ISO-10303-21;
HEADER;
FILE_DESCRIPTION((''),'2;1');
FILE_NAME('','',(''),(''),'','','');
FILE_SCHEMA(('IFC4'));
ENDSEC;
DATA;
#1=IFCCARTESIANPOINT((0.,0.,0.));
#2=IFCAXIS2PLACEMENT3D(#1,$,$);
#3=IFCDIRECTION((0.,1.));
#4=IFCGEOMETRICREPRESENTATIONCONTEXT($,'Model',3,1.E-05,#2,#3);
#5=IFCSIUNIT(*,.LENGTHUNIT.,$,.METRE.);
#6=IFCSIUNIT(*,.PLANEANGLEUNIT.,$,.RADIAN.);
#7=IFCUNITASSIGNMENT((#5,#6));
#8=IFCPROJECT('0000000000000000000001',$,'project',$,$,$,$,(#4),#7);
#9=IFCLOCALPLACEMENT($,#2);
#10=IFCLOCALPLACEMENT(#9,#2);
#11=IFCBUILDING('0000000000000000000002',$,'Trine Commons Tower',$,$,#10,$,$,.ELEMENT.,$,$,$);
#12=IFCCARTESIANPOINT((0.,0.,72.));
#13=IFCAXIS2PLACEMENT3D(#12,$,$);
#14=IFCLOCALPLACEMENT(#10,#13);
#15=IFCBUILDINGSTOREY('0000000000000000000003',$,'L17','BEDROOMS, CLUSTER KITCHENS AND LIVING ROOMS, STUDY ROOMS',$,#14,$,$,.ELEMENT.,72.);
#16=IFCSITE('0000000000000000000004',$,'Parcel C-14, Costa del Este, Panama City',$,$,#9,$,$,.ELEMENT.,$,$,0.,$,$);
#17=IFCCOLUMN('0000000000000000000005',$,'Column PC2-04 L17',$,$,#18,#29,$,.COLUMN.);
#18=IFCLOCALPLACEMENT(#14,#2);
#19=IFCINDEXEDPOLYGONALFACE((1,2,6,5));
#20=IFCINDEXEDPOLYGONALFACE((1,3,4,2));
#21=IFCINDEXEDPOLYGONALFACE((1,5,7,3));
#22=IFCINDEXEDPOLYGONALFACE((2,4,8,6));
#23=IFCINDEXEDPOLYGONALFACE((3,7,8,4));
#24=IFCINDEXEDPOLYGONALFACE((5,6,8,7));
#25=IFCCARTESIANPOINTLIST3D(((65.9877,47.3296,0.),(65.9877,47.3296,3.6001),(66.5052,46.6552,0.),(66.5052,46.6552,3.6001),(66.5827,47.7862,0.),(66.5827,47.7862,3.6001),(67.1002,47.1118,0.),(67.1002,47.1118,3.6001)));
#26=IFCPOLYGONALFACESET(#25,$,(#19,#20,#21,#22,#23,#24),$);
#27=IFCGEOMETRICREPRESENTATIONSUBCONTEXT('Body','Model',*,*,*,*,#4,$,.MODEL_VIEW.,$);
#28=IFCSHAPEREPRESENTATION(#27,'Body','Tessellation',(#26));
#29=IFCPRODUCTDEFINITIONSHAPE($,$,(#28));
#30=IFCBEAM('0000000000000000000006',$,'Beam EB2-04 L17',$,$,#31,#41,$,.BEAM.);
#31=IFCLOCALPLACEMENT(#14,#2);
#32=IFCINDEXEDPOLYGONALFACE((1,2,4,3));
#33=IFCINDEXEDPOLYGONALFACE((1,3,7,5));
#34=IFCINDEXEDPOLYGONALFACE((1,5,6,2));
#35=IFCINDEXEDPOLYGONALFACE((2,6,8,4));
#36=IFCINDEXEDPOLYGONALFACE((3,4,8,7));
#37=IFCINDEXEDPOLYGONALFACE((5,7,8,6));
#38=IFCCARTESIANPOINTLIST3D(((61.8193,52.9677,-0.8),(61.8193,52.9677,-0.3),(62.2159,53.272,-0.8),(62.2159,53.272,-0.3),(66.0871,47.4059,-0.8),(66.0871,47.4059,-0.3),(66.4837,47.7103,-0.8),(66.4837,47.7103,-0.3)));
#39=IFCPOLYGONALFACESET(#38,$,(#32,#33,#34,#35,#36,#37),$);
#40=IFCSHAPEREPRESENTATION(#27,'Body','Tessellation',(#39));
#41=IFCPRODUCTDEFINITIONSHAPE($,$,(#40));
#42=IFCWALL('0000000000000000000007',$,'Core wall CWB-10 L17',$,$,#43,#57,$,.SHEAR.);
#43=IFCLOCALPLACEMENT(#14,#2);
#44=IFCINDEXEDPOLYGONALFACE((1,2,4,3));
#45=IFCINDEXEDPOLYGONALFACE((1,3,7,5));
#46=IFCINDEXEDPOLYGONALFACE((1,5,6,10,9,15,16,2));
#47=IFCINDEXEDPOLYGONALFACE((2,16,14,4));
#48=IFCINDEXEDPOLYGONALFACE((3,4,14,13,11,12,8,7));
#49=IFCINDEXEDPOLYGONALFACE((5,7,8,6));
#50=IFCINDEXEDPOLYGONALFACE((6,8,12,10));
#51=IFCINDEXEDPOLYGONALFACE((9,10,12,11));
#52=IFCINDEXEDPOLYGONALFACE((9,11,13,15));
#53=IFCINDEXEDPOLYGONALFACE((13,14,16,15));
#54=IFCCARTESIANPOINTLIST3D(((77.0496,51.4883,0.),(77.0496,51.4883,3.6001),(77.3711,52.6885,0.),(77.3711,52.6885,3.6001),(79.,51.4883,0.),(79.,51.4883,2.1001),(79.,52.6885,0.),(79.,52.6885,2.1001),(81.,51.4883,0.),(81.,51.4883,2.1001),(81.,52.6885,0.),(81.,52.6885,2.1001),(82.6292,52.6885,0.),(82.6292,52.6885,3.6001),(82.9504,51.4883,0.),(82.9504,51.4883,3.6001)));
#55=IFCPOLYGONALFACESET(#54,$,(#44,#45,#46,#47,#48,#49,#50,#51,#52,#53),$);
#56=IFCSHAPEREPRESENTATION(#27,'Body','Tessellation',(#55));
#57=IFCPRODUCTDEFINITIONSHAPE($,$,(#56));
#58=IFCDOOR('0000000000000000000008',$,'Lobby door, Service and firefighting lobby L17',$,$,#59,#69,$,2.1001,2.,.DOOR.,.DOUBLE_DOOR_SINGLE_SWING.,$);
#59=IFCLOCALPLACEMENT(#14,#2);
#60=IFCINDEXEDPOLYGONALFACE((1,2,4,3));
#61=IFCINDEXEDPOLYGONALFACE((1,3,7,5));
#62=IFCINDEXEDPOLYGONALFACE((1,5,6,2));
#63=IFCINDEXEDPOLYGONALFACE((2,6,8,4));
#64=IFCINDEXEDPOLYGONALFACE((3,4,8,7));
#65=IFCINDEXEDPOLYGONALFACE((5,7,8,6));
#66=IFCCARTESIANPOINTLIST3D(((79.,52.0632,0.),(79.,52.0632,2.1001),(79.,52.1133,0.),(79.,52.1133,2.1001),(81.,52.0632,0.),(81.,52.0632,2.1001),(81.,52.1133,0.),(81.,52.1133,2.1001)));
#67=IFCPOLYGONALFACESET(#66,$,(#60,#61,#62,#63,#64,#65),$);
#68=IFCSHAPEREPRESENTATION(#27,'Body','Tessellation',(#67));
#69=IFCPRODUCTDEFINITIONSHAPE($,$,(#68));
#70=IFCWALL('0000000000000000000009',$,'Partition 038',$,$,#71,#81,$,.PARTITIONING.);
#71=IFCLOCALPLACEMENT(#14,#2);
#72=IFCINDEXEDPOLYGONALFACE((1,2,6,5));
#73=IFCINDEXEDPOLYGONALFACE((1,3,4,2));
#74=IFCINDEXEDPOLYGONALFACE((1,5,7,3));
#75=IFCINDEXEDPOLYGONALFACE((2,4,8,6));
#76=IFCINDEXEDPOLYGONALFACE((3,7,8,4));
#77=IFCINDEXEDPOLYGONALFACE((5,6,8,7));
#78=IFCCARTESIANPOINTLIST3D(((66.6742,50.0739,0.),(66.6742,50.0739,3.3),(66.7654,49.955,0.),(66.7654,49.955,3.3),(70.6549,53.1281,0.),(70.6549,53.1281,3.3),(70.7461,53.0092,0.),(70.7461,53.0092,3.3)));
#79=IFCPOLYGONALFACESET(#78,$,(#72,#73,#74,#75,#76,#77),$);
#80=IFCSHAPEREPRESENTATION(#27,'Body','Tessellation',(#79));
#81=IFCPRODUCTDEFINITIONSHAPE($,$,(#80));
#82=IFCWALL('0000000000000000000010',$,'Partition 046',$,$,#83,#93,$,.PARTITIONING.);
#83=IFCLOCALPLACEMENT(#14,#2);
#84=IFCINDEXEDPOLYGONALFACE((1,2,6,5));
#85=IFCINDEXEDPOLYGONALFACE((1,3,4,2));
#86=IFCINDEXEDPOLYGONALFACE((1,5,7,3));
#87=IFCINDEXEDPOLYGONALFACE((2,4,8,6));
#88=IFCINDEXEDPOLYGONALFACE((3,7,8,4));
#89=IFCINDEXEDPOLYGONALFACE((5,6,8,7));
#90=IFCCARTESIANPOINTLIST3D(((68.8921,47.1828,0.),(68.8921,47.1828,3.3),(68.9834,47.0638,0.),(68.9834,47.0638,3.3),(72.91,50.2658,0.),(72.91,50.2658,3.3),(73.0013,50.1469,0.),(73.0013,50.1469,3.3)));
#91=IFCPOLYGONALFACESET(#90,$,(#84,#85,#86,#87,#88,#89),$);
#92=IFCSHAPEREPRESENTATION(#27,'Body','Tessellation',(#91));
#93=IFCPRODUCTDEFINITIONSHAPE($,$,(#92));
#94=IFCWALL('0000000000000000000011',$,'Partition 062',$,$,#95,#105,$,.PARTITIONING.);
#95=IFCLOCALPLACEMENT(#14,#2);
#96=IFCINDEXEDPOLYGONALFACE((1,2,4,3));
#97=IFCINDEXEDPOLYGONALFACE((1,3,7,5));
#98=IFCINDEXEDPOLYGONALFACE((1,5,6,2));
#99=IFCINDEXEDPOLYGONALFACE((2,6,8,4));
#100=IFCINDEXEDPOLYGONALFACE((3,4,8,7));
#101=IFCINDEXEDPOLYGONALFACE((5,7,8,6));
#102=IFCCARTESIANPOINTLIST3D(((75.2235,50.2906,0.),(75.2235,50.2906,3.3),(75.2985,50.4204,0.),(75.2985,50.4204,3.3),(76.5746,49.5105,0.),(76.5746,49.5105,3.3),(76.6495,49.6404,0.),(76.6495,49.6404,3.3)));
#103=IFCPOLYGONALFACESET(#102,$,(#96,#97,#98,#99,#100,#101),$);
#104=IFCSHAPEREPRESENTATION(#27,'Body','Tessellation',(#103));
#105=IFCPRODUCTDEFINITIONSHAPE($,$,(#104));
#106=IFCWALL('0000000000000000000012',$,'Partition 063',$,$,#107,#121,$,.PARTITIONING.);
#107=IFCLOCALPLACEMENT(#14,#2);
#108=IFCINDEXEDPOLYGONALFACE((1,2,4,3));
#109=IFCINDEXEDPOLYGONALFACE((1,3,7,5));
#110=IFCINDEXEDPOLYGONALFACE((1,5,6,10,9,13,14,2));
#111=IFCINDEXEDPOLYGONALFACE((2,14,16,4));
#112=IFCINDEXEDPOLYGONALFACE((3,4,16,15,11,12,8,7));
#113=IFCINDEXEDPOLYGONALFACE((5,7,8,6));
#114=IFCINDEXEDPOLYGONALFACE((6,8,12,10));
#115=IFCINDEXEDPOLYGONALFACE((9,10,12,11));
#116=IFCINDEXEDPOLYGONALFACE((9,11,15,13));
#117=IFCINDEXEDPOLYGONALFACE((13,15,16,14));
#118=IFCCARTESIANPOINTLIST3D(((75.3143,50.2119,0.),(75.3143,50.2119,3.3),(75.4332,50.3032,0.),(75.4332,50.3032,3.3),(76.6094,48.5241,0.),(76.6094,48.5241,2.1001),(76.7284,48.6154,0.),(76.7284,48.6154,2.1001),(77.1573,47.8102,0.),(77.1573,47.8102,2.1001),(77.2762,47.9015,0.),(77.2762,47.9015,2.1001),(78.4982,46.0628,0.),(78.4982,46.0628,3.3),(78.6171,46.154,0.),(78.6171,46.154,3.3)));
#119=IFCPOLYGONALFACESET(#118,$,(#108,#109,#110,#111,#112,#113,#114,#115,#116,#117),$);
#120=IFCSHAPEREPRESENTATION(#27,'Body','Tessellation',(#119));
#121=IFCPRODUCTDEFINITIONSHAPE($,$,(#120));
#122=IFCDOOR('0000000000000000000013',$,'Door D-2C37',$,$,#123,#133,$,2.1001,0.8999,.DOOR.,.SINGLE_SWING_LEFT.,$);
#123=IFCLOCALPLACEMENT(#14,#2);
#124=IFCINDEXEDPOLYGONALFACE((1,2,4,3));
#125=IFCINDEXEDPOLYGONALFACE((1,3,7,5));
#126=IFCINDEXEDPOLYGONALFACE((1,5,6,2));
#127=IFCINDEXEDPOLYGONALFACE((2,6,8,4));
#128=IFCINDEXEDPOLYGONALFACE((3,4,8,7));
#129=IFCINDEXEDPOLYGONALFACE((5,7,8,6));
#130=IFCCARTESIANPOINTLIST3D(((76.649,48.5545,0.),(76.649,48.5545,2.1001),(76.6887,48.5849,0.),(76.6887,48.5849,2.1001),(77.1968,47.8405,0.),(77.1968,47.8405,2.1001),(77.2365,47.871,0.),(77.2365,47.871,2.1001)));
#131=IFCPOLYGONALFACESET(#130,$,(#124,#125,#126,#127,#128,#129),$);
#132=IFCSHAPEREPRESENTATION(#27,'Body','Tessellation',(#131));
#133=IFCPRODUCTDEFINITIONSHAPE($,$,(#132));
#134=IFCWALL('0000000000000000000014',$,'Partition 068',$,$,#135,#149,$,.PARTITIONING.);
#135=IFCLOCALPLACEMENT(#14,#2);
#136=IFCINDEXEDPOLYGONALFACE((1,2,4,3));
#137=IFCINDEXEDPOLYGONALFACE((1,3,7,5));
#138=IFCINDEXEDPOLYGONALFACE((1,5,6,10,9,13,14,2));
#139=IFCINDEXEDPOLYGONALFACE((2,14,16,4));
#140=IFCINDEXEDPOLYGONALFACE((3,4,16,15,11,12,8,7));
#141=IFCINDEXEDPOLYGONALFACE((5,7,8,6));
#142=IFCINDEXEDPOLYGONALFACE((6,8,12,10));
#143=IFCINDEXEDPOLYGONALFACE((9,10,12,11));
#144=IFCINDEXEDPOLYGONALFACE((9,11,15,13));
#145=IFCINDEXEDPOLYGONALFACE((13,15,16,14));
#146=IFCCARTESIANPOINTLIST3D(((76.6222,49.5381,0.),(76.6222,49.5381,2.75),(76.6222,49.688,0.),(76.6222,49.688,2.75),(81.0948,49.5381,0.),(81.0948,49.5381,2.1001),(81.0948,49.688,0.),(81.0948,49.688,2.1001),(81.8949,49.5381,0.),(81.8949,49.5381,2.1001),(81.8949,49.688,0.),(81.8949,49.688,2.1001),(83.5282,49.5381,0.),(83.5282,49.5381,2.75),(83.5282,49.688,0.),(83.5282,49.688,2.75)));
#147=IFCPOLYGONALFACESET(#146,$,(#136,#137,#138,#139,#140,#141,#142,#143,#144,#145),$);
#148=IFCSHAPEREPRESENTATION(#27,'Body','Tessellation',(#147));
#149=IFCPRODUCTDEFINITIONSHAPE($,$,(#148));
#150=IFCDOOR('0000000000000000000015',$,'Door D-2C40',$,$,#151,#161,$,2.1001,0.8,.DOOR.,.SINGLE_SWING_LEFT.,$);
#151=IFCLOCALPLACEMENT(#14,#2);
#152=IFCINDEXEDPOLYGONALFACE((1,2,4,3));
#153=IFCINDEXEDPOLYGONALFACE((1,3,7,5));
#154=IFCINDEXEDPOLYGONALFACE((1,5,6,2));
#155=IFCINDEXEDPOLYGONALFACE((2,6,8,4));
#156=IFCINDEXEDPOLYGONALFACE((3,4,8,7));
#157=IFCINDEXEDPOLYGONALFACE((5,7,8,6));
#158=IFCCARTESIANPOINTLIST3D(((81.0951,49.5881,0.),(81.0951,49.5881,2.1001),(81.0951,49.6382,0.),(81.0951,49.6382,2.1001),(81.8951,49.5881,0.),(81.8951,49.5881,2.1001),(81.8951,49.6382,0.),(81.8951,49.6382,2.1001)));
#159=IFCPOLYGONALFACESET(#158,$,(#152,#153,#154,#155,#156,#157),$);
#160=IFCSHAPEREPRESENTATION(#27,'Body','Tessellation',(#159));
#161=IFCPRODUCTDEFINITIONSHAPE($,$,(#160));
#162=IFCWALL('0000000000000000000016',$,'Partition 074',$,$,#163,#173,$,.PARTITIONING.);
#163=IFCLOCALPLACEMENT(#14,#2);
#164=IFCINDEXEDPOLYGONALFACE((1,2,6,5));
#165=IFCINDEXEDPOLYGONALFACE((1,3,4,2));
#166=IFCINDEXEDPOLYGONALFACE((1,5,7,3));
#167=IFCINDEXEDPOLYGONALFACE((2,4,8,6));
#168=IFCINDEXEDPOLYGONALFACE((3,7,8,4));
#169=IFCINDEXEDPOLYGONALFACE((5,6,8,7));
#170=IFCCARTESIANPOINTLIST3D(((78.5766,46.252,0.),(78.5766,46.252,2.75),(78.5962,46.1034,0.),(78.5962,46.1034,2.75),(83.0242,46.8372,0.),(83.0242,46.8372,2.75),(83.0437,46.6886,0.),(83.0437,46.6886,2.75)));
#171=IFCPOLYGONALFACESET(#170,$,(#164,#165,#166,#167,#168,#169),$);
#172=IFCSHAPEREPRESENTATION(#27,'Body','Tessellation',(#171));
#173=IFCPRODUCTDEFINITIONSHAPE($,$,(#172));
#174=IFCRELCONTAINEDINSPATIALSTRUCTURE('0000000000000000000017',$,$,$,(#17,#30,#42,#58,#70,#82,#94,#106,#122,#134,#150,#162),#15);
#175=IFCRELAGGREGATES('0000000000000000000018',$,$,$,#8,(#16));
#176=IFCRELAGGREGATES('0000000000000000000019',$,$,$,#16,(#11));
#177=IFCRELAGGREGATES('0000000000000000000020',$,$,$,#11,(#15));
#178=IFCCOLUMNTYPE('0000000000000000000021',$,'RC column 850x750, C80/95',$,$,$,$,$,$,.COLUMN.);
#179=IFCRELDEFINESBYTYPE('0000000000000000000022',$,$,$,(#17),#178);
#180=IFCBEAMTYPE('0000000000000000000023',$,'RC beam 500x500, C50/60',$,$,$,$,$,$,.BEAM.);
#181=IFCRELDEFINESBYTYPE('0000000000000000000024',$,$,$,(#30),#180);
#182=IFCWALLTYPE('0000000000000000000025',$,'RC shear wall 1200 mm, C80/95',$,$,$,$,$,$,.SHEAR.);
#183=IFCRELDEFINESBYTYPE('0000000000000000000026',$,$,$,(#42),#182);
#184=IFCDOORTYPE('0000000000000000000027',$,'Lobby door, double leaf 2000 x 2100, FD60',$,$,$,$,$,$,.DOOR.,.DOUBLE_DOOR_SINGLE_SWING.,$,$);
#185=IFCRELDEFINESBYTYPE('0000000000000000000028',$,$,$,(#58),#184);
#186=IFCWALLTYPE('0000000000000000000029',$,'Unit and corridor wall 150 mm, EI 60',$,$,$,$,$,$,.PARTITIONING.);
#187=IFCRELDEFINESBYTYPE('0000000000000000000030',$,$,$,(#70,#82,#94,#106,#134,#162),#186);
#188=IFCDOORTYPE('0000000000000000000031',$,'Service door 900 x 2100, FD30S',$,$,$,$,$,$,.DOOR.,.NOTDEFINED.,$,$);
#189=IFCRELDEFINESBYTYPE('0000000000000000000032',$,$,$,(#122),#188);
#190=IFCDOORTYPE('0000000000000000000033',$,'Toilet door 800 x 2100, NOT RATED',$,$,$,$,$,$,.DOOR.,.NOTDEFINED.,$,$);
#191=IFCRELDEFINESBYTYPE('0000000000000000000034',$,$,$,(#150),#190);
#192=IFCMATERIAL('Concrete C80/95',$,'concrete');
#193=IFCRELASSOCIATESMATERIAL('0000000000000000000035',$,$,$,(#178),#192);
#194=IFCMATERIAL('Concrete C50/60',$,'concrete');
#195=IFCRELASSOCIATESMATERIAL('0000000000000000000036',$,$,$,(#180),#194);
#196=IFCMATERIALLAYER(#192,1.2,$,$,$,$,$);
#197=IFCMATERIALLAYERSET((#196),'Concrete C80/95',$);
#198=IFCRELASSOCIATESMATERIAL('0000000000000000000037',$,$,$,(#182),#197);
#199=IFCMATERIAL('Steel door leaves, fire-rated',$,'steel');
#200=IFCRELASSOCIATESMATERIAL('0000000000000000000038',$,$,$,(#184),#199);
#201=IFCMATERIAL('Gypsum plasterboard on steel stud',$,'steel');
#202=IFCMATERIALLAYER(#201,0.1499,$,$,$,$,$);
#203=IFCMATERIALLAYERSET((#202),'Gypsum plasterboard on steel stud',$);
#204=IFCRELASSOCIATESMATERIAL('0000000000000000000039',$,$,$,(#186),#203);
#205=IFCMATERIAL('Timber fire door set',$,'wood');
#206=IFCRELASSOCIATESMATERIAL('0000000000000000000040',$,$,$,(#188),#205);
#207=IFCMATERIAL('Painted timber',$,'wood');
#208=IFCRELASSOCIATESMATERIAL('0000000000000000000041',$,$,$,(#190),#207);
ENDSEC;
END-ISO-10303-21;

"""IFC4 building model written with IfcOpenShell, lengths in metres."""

from ifc_helpers import new_model, si_unit, direction, frame, frame_2d, origin, origin_2d, place, context, subcontext, project, spatial, polyline, rectangle, outline, extrude, material, layer, layer_set, material_profile, profile_set, type_object, element, fill, save


model = new_model("IFC4")

# Units and contexts
model_context = context("Model", 3, precision=1e-05, world=origin(), true_north=direction((0.0, 1.0)))
body_context = subcontext(model_context, "Body", "Model", "MODEL_VIEW")
ifc_project = project(units=[si_unit("LENGTHUNIT", "METRE"), si_unit("PLANEANGLEUNIT", "RADIAN")], contexts=[model_context])

# Site, building, storey
site_placement = place(None, origin())
site = spatial("IfcSite", under=ifc_project, at=site_placement, Name="Parcel C-14, Costa del Este, Panama City", CompositionType="ELEMENT", RefElevation=0.0)
building_placement = place(site_placement, origin())
building = spatial("IfcBuilding", under=site, at=building_placement, Name="Trine Commons Tower", CompositionType="ELEMENT")
storey_placement = place(building_placement, frame((0.0, 0.0, 72.0)))
storey = spatial("IfcBuildingStorey", under=building, at=storey_placement, Name="L17", Description="BEDROOMS, CLUSTER KITCHENS AND LIVING ROOMS, STUDY ROOMS", CompositionType="ELEMENT", Elevation=72.0)

# Column
ifc_material_1 = material(Name="Concrete C80/95", Category="concrete")
ifc_material_profile_1 = material_profile(ifc_material_1, rectangle(XDim=0.8501, YDim=0.75, at=origin_2d()), Name="RC 850x750")
ifc_profile_set_1 = profile_set([ifc_material_profile_1], Name="Concrete C80/95")
column_type = type_object("IfcColumnType", Name="RC column 850x750, C80/95", PredefinedType="COLUMN", material=ifc_profile_set_1)
column_placement = place(storey_placement, frame((66.5439, 47.2207, 0.0), z_axis=(0.0, 0.0, 1.0), x_axis=(-0.608761, 0.793353, 0.0)))
element("IfcColumn", 1, at=column_placement, inside=storey, type_object=column_type, Name="Column PC2-04 L17", PredefinedType="COLUMN", context=body_context, shape_type="SweptSolid", body=[
    extrude(rectangle(XDim=0.8501, YDim=0.75, at=origin_2d()), origin(), (0.0, 0.0, 1.0), 3.6001),
])

# Beam
ifc_material_2 = material(Name="Concrete C50/60", Category="concrete")
ifc_material_profile_2 = material_profile(ifc_material_2, rectangle(XDim=0.5, YDim=0.5, at=origin_2d()), Name="RC 500x500")
ifc_profile_set_2 = profile_set([ifc_material_profile_2], Name="Concrete C50/60")
beam_type = type_object("IfcBeamType", Name="RC beam 500x500, C50/60", PredefinedType="BEAM", material=ifc_profile_set_2)
beam_placement = place(storey_placement, frame((66.2854, 47.5581, -0.55), z_axis=(-0.608773, 0.793345, 0.0), x_axis=(-0.793345, -0.608773, 0.0)))
element("IfcBeam", 2, at=beam_placement, inside=storey, type_object=beam_type, Name="Beam EB2-04 L17", PredefinedType="BEAM", context=body_context, shape_type="SweptSolid", body=[
    extrude(rectangle(XDim=0.5, YDim=0.5, at=origin_2d()), origin(), (0.0, 0.0, 1.0), 7.0105),
])

# Wall, opening, door
ifc_layer_1 = layer(ifc_material_1, 1.2)
ifc_layer_set_1 = layer_set([ifc_layer_1], Name="Concrete C80/95")
wall_type_1 = type_object("IfcWallType", Name="RC shear wall 1200 mm, C80/95", PredefinedType="SHEAR", material=ifc_layer_set_1)
wall_1_placement = place(storey_placement, frame((77.0496, 52.0884, 0.0), z_axis=(0.0, 0.0, 1.0), x_axis=(1.0, 0.0, 0.0)))
wall_1 = element("IfcWall", 3, at=wall_1_placement, inside=storey, type_object=wall_type_1, Name="Core wall CWB-10 L17", PredefinedType="SHEAR", context=body_context, shape_type="SweptSolid", body=[
    extrude(outline(polyline([(0.0, -0.6001), (5.9009, -0.6001), (5.5796, 0.6001), (0.3215, 0.6001), (0.0, -0.6001)])), origin(), (0.0, 0.0, 1.0), 3.6001),
])
opening_1_placement = place(wall_1_placement, frame((1.9504, 0.0, 0.0)))
opening_1 = element("IfcOpeningElement", 4, at=opening_1_placement, cuts=wall_1, PredefinedType="OPENING", context=body_context, shape_type="SweptSolid", body=[
    extrude(rectangle(XDim=2.0, YDim=2.1001, at=frame_2d((1.0, 1.05))), frame((0.0, 0.6099, 0.0), z_axis=(0.0, -1.0, 0.0), x_axis=(1.0, 0.0, 0.0)), (0.0, 0.0, 1.0), 1.22),
])
ifc_material_3 = material(Name="Steel door leaves, fire-rated", Category="steel")
door_type_1 = type_object("IfcDoorType", Name="Lobby door, double leaf 2000 x 2100, FD60", OperationType="DOUBLE_DOOR_SINGLE_SWING", PredefinedType="DOOR", material=ifc_material_3)
door_1_placement = place(opening_1_placement, origin())
door_1 = element("IfcDoor", 5, at=door_1_placement, inside=storey, type_object=door_type_1, Name="Lobby door, Service and firefighting lobby L17", OperationType="DOUBLE_DOOR_SINGLE_SWING", OverallHeight=2.1001, OverallWidth=2.0, PredefinedType="DOOR", context=body_context, shape_type="SweptSolid", body=[
    extrude(rectangle(XDim=2.0, YDim=2.1001, at=frame_2d((1.0, 1.05))), frame((0.0, 0.0249, 0.0), z_axis=(0.0, -1.0, 0.0), x_axis=(1.0, 0.0, 0.0)), (0.0, 0.0, 1.0), 0.05),
])
fill(opening_1, door_1)

# Walls
ifc_material_4 = material(Name="Gypsum plasterboard on steel stud", Category="steel")
ifc_layer_2 = layer(ifc_material_4, 0.1499)
ifc_layer_set_2 = layer_set([ifc_layer_2], Name="Gypsum plasterboard on steel stud")
wall_type_2 = type_object("IfcWallType", Name="Unit and corridor wall 150 mm, EI 60", PredefinedType="PARTITIONING", material=ifc_layer_set_2)
wall_2_placement = place(storey_placement, frame((66.7197, 50.0144, 0.0), z_axis=(0.0, 0.0, 1.0), x_axis=(0.793383, 0.608723, 0.0)))
element("IfcWall", 6, at=wall_2_placement, inside=storey, type_object=wall_type_2, Name="Partition 038", PredefinedType="PARTITIONING", context=body_context, shape_type="SweptSolid", body=[
    extrude(rectangle(XDim=5.0173, YDim=0.1499, at=frame_2d((2.5088, 0.0))), origin(), (0.0, 0.0, 1.0), 3.3),
])
wall_3_placement = place(storey_placement, frame((68.9377, 47.1233, 0.0), z_axis=(0.0, 0.0, 1.0), x_axis=(0.793351, 0.608764, 0.0)))
element("IfcWall", 7, at=wall_3_placement, inside=storey, type_object=wall_type_2, Name="Partition 046", PredefinedType="PARTITIONING", context=body_context, shape_type="SweptSolid", body=[
    extrude(rectangle(XDim=5.0645, YDim=0.1499, at=frame_2d((2.5322, 0.0))), origin(), (0.0, 0.0, 1.0), 3.3),
])
wall_4_placement = place(storey_placement, frame((75.261, 50.3555, 0.0), z_axis=(0.0, 0.0, 1.0), x_axis=(0.866029, -0.499993, 0.0)))
element("IfcWall", 8, at=wall_4_placement, inside=storey, type_object=wall_type_2, Name="Partition 062", PredefinedType="PARTITIONING", context=body_context, shape_type="SweptSolid", body=[
    extrude(rectangle(XDim=1.5601, YDim=0.1499, at=frame_2d((0.78, 0.0))), origin(), (0.0, 0.0, 1.0), 3.3),
])

# Walls, openings, doors
wall_5_placement = place(storey_placement, frame((75.3738, 50.2576, 0.0), z_axis=(0.0, 0.0, 1.0), x_axis=(0.60877, -0.793347, 0.0)))
wall_5 = element("IfcWall", 9, at=wall_5_placement, inside=storey, type_object=wall_type_2, Name="Partition 063", PredefinedType="PARTITIONING", context=body_context, shape_type="SweptSolid", body=[
    extrude(rectangle(XDim=5.23, YDim=0.1499, at=frame_2d((2.615, 0.0))), origin(), (0.0, 0.0, 1.0), 3.3),
])
opening_2_placement = place(wall_5_placement, frame((2.1274, 0.0, 0.0)))
opening_2 = element("IfcOpeningElement", 10, at=opening_2_placement, cuts=wall_5, PredefinedType="OPENING", context=body_context, shape_type="SweptSolid", body=[
    extrude(rectangle(XDim=0.8999, YDim=2.1001, at=frame_2d((0.45, 1.05))), frame((0.0, 0.085, 0.0), z_axis=(0.0, -1.0, 0.0), x_axis=(1.0, 0.0, 0.0)), (0.0, 0.0, 1.0), 0.1699),
])
ifc_material_5 = material(Name="Timber fire door set", Category="wood")
door_type_2 = type_object("IfcDoorType", Name="Service door 900 x 2100, FD30S", OperationType="NOTDEFINED", PredefinedType="DOOR", material=ifc_material_5)
door_2_placement = place(opening_2_placement, origin())
door_2 = element("IfcDoor", 11, at=door_2_placement, inside=storey, type_object=door_type_2, Name="Door D-2C37", OperationType="SINGLE_SWING_LEFT", OverallHeight=2.1001, OverallWidth=0.8999, PredefinedType="DOOR", context=body_context, shape_type="SweptSolid", body=[
    extrude(rectangle(XDim=0.8999, YDim=2.1001, at=frame_2d((0.45, 1.05))), frame((0.0, 0.0249, 0.0), z_axis=(0.0, -1.0, 0.0), x_axis=(1.0, 0.0, 0.0)), (0.0, 0.0, 1.0), 0.05),
])
fill(opening_2, door_2)
wall_6_placement = place(storey_placement, frame((76.6221, 49.613, 0.0), z_axis=(0.0, 0.0, 1.0), x_axis=(1.0, 0.0, 0.0)))
wall_6 = element("IfcWall", 12, at=wall_6_placement, inside=storey, type_object=wall_type_2, Name="Partition 068", PredefinedType="PARTITIONING", context=body_context, shape_type="SweptSolid", body=[
    extrude(rectangle(XDim=6.906, YDim=0.1499, at=frame_2d((3.4531, 0.0))), origin(), (0.0, 0.0, 1.0), 2.75),
])
opening_3_placement = place(wall_6_placement, frame((4.4729, 0.0, 0.0)))
opening_3 = element("IfcOpeningElement", 13, at=opening_3_placement, cuts=wall_6, PredefinedType="OPENING", context=body_context, shape_type="SweptSolid", body=[
    extrude(rectangle(XDim=0.8, YDim=2.1001, at=frame_2d((0.3999, 1.05))), frame((0.0, 0.085, 0.0), z_axis=(0.0, -1.0, 0.0), x_axis=(1.0, 0.0, 0.0)), (0.0, 0.0, 1.0), 0.1699),
])
ifc_material_6 = material(Name="Painted timber", Category="wood")
door_type_3 = type_object("IfcDoorType", Name="Toilet door 800 x 2100, NOT RATED", OperationType="NOTDEFINED", PredefinedType="DOOR", material=ifc_material_6)
door_3_placement = place(opening_3_placement, frame((0.8, 0.0, 0.0), z_axis=(0.0, 0.0, 1.0), x_axis=(-1.0, 0.0, 0.0)))
door_3 = element("IfcDoor", 14, at=door_3_placement, inside=storey, type_object=door_type_3, Name="Door D-2C40", OperationType="SINGLE_SWING_LEFT", OverallHeight=2.1001, OverallWidth=0.8, PredefinedType="DOOR", context=body_context, shape_type="SweptSolid", body=[
    extrude(rectangle(XDim=0.8, YDim=2.1001, at=frame_2d((0.3999, 1.05))), frame((0.0, 0.0249, 0.0), z_axis=(0.0, -1.0, 0.0), x_axis=(1.0, 0.0, 0.0)), (0.0, 0.0, 1.0), 0.05),
])
fill(opening_3, door_3)

# Wall
wall_7_placement = place(storey_placement, frame((78.5864, 46.1777, 0.0), z_axis=(0.0, 0.0, 1.0), x_axis=(0.991454, 0.130456, 0.0)))
element("IfcWall", 15, at=wall_7_placement, inside=storey, type_object=wall_type_2, Name="Partition 074", PredefinedType="PARTITIONING", context=body_context, shape_type="SweptSolid", body=[
    extrude(rectangle(XDim=4.4858, YDim=0.1499, at=frame_2d((2.2429, 0.0))), origin(), (0.0, 0.0, 1.0), 2.75),
])

save(model, "model.ifc")
